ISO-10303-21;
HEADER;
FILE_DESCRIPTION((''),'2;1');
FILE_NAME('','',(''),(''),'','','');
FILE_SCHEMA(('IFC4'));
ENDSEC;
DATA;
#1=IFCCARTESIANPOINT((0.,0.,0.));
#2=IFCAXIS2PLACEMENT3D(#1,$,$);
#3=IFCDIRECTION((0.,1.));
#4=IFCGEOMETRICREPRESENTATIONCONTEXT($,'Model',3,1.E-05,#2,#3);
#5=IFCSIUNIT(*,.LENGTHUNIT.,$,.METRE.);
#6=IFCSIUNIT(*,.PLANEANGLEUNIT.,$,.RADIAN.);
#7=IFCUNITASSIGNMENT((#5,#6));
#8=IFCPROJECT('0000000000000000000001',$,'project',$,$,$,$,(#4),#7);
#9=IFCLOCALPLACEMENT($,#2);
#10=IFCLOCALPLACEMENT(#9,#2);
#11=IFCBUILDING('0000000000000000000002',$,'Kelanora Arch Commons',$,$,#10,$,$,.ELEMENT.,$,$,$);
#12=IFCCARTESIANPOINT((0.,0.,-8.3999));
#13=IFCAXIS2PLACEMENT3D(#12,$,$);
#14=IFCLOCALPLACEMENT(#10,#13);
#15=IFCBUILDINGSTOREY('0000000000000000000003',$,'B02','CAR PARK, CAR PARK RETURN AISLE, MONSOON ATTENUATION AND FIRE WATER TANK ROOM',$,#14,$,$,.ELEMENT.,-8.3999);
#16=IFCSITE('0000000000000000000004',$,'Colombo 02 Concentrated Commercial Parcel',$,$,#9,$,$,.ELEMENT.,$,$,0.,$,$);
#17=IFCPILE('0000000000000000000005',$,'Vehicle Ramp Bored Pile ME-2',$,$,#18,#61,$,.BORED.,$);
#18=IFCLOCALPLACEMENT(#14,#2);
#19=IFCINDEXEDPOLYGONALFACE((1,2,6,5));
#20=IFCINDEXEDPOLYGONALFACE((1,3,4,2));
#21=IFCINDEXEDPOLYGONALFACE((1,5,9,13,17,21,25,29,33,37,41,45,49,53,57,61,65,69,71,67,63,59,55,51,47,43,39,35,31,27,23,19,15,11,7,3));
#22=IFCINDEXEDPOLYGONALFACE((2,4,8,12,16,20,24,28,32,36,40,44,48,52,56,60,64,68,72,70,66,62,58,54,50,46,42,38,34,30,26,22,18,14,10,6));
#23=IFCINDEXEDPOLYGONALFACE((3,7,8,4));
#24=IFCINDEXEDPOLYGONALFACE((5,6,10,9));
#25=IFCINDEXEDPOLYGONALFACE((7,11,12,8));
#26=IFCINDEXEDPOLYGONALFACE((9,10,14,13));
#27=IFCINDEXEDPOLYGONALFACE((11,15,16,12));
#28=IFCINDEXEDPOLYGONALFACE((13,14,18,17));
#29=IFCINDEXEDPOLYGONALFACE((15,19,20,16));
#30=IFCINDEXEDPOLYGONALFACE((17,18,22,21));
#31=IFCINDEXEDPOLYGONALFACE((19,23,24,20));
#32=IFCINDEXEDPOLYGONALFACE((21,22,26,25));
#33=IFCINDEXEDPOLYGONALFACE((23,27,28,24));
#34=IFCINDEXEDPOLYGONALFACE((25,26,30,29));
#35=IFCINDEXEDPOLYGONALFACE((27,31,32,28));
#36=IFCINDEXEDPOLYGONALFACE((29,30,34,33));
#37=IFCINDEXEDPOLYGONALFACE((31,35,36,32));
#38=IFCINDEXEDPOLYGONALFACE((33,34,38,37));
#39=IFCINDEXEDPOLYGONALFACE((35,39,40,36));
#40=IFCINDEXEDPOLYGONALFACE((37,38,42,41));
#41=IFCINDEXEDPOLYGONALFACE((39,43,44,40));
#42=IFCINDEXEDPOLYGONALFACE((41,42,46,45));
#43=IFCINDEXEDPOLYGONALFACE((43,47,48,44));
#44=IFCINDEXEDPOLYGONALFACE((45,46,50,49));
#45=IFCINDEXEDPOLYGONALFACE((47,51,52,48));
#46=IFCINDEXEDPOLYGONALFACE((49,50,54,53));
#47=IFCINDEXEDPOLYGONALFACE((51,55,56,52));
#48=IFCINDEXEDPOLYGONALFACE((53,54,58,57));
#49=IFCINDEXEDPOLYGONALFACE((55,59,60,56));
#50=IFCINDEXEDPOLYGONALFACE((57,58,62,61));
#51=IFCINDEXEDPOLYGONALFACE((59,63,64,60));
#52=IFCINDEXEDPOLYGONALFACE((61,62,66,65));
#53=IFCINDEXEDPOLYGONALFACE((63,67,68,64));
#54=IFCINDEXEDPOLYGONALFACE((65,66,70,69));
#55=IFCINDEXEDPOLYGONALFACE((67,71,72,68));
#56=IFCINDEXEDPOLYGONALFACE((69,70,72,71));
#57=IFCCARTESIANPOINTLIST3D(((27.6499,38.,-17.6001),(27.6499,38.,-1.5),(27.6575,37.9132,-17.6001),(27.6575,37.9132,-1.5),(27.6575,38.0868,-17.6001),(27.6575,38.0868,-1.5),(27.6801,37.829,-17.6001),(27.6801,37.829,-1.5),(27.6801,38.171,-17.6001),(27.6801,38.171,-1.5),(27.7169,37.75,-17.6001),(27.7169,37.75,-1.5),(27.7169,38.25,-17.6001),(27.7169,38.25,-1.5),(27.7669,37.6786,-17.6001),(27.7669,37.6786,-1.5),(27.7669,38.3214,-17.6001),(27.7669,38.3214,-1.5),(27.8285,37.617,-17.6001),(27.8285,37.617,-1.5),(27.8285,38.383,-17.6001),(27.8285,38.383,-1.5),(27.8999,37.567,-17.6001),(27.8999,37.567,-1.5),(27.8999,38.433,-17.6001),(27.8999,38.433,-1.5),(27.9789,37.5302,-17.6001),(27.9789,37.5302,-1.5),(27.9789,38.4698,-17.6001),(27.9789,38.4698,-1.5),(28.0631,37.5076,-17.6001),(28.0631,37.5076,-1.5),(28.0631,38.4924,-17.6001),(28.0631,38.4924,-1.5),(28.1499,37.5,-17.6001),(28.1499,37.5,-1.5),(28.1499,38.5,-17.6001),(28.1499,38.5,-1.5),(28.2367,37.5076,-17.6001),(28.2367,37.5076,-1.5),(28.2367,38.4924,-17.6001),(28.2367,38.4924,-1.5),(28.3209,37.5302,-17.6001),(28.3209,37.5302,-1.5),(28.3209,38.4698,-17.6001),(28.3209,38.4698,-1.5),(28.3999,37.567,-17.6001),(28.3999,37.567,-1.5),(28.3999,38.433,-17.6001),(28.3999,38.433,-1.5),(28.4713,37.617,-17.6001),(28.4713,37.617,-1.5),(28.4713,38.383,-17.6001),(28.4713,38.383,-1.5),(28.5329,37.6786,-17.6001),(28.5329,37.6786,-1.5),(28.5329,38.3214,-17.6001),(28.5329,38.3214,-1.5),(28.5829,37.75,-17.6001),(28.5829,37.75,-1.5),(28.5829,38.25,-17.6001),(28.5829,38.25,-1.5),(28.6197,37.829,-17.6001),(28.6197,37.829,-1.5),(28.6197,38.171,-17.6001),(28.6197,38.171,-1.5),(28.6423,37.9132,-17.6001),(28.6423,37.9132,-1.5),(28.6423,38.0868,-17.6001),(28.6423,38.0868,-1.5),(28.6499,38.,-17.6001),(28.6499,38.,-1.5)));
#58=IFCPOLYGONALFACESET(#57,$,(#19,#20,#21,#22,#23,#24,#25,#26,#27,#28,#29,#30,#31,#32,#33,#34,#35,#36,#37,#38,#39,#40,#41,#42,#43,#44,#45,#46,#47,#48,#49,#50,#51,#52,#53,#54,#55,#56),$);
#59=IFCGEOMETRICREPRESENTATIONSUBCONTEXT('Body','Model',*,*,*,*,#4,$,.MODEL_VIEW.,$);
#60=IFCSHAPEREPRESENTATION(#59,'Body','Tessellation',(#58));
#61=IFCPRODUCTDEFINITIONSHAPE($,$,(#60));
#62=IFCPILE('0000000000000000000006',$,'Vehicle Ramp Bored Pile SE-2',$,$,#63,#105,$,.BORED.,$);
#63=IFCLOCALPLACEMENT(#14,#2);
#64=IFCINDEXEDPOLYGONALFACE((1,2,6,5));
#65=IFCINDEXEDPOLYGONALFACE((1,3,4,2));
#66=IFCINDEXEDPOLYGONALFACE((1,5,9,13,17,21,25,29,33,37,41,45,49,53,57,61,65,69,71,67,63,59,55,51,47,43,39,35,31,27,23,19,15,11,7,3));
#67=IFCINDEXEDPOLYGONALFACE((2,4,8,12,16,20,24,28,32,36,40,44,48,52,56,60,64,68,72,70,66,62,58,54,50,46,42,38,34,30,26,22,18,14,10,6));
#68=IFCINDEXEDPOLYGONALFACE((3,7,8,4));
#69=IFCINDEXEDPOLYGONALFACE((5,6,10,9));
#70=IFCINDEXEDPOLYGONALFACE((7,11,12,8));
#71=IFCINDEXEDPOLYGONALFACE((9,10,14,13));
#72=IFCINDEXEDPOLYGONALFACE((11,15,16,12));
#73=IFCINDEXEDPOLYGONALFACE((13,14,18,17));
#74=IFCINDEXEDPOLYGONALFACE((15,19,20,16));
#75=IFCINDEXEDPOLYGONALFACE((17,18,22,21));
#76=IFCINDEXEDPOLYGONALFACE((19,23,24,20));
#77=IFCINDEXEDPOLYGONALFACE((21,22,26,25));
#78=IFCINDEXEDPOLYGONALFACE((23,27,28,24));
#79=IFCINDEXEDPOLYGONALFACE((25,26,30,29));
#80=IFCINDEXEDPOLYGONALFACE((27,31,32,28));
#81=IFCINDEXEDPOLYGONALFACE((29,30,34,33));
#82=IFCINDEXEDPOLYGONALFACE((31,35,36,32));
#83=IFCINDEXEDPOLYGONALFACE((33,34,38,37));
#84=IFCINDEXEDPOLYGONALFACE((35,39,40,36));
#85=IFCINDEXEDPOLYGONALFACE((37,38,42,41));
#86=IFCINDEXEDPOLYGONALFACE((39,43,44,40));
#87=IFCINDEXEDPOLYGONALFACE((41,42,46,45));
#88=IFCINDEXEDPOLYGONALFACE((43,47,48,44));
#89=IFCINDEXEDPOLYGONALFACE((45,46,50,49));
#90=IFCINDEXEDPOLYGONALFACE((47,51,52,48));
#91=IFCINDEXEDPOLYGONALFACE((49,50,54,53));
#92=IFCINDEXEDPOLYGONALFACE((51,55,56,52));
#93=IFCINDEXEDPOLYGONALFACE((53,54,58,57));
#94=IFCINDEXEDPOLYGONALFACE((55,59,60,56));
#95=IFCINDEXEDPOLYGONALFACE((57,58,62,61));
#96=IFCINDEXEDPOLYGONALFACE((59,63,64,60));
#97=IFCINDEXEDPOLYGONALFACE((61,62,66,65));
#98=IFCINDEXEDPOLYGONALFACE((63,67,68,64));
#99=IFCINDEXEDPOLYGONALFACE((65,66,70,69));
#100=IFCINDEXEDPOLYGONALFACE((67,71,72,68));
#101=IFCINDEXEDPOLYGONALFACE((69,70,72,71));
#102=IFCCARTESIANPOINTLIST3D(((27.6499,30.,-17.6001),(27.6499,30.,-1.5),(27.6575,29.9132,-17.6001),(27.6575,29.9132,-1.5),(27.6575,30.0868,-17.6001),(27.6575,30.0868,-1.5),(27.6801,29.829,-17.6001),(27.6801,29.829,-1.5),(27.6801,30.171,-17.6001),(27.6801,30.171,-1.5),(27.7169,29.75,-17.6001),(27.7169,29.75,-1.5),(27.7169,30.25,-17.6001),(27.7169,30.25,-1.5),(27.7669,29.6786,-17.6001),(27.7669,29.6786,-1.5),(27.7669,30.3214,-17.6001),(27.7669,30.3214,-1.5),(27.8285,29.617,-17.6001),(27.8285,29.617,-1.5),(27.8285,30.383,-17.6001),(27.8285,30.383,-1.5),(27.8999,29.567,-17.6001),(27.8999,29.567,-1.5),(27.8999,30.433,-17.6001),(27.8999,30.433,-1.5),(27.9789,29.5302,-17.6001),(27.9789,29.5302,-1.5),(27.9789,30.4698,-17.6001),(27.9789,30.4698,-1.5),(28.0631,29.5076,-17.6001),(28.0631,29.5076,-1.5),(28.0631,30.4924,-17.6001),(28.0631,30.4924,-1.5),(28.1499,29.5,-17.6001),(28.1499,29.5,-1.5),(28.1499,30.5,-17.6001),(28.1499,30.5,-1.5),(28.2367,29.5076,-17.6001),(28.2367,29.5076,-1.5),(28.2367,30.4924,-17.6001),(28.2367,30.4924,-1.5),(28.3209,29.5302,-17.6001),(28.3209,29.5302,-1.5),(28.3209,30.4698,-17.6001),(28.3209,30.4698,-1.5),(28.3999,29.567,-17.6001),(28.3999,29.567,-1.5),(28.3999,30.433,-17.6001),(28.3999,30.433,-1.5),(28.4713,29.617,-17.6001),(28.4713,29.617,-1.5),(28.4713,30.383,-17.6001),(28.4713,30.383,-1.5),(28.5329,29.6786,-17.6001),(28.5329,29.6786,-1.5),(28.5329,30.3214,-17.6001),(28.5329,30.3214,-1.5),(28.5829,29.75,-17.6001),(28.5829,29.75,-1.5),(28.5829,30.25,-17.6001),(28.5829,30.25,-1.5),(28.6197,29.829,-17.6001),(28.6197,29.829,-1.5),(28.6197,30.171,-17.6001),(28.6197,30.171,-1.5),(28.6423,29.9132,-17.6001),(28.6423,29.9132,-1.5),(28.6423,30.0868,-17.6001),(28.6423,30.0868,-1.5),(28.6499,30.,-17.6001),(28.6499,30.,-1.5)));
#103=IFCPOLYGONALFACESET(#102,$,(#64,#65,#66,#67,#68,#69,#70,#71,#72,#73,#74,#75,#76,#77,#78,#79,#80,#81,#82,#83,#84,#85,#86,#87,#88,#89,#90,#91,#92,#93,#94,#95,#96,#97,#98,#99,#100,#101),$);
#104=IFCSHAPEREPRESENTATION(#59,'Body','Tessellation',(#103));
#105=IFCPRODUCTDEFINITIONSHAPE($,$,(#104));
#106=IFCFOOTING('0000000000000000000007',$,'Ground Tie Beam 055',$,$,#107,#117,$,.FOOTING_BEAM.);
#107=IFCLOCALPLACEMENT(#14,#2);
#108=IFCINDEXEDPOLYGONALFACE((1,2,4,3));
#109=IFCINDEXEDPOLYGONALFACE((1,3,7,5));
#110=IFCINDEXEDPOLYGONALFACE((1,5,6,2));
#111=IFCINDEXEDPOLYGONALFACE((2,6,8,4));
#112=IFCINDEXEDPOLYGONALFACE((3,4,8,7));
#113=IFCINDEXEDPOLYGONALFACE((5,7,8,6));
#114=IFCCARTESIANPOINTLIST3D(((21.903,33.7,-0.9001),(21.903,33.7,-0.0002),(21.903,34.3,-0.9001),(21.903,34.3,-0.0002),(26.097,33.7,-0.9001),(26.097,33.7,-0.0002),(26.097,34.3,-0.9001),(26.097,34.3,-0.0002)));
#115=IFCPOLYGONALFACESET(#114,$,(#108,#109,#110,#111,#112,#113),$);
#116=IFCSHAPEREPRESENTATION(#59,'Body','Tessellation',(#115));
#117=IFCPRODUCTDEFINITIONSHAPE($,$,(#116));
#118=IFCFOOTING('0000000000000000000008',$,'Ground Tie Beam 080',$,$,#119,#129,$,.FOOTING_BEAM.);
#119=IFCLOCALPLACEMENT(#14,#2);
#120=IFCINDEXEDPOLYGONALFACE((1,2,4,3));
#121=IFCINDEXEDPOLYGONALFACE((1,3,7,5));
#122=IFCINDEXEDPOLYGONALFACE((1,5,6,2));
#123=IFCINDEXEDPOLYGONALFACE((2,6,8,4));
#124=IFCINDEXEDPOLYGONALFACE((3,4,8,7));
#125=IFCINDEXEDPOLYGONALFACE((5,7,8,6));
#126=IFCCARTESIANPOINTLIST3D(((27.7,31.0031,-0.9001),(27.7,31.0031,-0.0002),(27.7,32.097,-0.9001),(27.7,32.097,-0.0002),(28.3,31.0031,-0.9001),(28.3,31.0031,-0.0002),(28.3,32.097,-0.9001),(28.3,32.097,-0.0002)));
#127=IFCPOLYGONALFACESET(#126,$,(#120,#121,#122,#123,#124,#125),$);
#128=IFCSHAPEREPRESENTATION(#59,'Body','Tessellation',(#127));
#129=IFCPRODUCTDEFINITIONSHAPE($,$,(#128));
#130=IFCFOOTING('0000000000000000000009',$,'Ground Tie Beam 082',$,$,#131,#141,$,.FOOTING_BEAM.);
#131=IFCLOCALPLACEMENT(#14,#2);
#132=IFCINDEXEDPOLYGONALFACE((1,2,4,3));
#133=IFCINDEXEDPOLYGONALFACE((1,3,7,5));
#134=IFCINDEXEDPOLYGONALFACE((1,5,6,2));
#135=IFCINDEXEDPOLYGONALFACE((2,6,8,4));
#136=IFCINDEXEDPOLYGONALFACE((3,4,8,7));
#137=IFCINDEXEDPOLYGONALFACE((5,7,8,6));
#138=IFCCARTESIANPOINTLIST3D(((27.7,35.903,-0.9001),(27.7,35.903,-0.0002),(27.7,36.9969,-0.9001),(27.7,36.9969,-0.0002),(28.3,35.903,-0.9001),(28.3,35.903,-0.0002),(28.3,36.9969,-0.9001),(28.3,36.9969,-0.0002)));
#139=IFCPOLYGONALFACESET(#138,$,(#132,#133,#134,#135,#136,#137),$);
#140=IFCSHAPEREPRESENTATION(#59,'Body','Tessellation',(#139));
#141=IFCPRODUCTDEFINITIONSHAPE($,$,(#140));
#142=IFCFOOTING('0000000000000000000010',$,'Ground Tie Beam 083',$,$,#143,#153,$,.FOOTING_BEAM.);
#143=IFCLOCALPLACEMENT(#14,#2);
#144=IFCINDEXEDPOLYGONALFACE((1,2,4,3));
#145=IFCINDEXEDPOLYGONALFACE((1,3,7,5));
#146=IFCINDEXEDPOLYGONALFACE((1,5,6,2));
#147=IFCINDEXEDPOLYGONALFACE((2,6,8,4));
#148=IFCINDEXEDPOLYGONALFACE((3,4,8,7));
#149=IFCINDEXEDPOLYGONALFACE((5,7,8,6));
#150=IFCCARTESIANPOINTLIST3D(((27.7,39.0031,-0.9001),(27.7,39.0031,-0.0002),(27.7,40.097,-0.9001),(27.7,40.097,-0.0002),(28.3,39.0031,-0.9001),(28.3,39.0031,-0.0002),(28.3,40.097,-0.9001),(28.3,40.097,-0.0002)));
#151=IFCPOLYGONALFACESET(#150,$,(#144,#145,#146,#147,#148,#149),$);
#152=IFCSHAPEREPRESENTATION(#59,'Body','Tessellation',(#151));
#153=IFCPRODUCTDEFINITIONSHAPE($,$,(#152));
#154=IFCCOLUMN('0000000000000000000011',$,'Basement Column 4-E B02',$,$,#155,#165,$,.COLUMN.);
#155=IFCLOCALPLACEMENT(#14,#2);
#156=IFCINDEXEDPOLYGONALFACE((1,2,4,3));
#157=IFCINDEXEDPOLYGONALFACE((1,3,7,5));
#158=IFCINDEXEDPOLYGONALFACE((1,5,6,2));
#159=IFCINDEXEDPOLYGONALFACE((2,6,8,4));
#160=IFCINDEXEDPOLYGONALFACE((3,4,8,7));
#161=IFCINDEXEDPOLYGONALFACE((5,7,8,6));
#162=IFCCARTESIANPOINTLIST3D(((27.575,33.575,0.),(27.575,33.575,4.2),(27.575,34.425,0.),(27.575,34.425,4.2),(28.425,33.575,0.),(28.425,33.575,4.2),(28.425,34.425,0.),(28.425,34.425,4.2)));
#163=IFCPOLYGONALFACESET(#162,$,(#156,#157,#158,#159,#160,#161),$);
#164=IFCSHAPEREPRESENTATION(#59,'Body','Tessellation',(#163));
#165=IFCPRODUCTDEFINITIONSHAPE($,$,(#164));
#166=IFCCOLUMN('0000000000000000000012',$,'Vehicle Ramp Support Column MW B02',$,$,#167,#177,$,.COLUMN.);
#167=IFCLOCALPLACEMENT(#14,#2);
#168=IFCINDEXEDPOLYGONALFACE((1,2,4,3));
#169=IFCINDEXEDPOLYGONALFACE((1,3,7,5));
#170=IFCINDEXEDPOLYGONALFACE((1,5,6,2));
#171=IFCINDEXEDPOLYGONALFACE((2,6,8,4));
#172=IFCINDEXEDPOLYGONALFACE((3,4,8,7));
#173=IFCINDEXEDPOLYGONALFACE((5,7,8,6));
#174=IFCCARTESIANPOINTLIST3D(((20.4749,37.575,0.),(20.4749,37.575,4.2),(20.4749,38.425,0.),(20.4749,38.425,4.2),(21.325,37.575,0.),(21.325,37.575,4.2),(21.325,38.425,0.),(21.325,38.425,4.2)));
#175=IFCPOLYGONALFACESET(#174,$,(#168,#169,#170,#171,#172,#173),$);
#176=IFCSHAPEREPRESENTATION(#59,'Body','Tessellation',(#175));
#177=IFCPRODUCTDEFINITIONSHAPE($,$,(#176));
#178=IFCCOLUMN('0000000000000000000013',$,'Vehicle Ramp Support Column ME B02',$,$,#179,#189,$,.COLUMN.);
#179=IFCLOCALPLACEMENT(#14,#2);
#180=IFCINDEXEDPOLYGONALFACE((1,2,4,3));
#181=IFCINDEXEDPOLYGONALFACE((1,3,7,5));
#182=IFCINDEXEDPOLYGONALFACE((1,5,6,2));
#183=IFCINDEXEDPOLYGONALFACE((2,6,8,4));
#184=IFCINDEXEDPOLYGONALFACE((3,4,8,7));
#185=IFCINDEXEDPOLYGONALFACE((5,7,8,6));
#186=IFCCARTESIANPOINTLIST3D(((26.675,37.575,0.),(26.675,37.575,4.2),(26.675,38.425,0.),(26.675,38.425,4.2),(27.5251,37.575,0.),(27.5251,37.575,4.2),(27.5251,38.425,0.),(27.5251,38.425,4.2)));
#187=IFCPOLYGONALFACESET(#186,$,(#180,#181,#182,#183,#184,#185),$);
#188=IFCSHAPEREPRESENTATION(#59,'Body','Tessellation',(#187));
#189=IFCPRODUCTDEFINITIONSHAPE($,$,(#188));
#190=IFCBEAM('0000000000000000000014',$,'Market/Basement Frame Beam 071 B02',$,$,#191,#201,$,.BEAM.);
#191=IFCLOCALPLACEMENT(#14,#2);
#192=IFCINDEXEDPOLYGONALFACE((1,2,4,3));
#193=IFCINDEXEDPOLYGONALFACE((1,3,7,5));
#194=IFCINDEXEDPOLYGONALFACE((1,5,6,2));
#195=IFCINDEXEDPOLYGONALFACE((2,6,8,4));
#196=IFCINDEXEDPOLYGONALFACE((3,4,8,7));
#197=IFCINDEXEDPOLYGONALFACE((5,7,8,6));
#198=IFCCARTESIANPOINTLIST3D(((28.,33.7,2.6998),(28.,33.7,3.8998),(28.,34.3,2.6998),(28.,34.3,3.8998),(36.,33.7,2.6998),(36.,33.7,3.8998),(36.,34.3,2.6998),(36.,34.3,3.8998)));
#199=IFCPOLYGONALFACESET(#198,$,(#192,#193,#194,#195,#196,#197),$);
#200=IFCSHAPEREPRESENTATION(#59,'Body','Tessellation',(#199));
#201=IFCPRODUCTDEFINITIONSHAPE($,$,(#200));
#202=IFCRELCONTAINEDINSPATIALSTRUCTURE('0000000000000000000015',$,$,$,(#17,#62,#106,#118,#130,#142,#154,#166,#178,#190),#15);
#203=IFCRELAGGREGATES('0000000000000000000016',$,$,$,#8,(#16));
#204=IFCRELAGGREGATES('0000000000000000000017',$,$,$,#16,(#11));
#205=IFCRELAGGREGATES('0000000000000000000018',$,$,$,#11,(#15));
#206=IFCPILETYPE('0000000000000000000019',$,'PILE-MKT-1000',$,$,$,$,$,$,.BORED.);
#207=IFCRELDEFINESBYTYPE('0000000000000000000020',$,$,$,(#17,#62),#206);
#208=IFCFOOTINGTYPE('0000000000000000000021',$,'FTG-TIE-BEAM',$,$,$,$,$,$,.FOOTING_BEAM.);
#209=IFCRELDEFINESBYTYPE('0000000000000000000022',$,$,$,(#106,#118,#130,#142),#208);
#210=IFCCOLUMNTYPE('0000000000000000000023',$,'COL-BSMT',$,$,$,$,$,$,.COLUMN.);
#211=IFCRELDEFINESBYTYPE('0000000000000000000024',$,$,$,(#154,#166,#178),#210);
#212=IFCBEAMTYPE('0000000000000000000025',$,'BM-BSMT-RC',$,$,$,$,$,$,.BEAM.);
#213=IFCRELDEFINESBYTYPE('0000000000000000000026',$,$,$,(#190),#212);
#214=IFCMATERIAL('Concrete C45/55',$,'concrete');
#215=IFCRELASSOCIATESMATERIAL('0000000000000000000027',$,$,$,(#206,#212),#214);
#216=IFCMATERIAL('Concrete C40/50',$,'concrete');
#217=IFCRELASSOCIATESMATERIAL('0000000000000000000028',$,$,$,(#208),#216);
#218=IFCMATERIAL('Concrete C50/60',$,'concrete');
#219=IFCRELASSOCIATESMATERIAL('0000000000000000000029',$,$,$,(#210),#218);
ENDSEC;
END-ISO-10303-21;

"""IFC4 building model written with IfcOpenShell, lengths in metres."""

from ifc_helpers import new_model, si_unit, direction, frame, origin, origin_2d, place, context, subcontext, project, spatial, rectangle, circle, extrude, source, transform, mapped, material, material_profile, profile_set, type_object, element, save


model = new_model("IFC4")

# Units and contexts
model_context = context("Model", 3, precision=1e-05, world=origin(), true_north=direction((0.0, 1.0)))
body_context = subcontext(model_context, "Body", "Model", "MODEL_VIEW")
ifc_project = project(units=[si_unit("LENGTHUNIT", "METRE"), si_unit("PLANEANGLEUNIT", "RADIAN")], contexts=[model_context])

# Site, building, storey
site_placement = place(None, origin())
site = spatial("IfcSite", under=ifc_project, at=site_placement, Name="Colombo 02 Concentrated Commercial Parcel", CompositionType="ELEMENT", RefElevation=0.0)
building_placement = place(site_placement, origin())
building = spatial("IfcBuilding", under=site, at=building_placement, Name="Kelanora Arch Commons", CompositionType="ELEMENT")
storey_placement = place(building_placement, frame((0.0, 0.0, -8.3999)))
storey = spatial("IfcBuildingStorey", under=building, at=storey_placement, Name="B02", Description="CAR PARK, CAR PARK RETURN AISLE, MONSOON ATTENUATION AND FIRE WATER TANK ROOM", CompositionType="ELEMENT", Elevation=-8.3999)

# Shared definitions
ifc_material_1 = material(Name="Concrete C40/50", Category="concrete")

# Shared definitions
ifc_material_2 = material(Name="Concrete C45/55", Category="concrete")
ifc_material_profile_1 = material_profile(ifc_material_2, circle(Radius=0.5, at=origin_2d()), Name="PILE1000")
ifc_profile_set_1 = profile_set([ifc_material_profile_1], Name="Concrete C45/55")
pile_type = type_object("IfcPileType", Name="PILE-MKT-1000", PredefinedType="BORED", material=ifc_profile_set_1)

# Piles
shared_shape_1 = source(origin(), body_context, "Body", "SweptSolid", [
    extrude(circle(Radius=0.5, at=origin_2d()), origin(), (0.0, 0.0, 1.0), 16.1001),
])
for number, where, z_axis, x_axis, name in (
    (1, (28.1499, 38.0, -1.5), (0.0, 0.0, -1.0), (1.0, 0.0, 0.0), "Vehicle Ramp Bored Pile ME-2"),
    (2, (28.1499, 30.0, -1.5), (0.0, 0.0, -1.0), (1.0, 0.0, 0.0), "Vehicle Ramp Bored Pile SE-2"),
):
    element("IfcPile", number, at=place(storey_placement, frame(where, z_axis=z_axis, x_axis=x_axis)), inside=storey, type_object=pile_type, Name=name, PredefinedType="BORED", context=body_context, shape_type="MappedRepresentation", body=[
        mapped(shared_shape_1, transform((0.0, 0.0, 0.0), scale=1.0)),
    ])

# Footings
footing_type_1 = type_object("IfcFootingType", Name="FTG-TIE-BEAM", PredefinedType="FOOTING_BEAM", material=ifc_material_1)
shared_shape_2 = source(origin(), body_context, "Body", "SweptSolid", [
    extrude(rectangle(XDim=4.1941, YDim=0.6001, at=origin_2d()), origin(), (0.0, 0.0, 1.0), 0.8999),
])
footing_1_placement = place(storey_placement, frame((24.0, 34.0, -0.9001), z_axis=(0.0, 0.0, 1.0), x_axis=(1.0, 0.0, 0.0)))
element("IfcFooting", 3, at=footing_1_placement, inside=storey, type_object=footing_type_1, Name="Ground Tie Beam 055", PredefinedType="FOOTING_BEAM", context=body_context, shape_type="MappedRepresentation", body=[
    mapped(shared_shape_2, transform((0.0, 0.0, 0.0), scale=1.0)),
])
shared_shape_3 = source(origin(), body_context, "Body", "SweptSolid", [
    extrude(rectangle(XDim=1.094, YDim=0.6001, at=origin_2d()), origin(), (0.0, 0.0, 1.0), 0.8999),
])
for number, where, z_axis, x_axis, name in (
    (4, (28.0, 31.55, -0.9001), (0.0, 0.0, 1.0), (0.0, 1.0, 0.0), "Ground Tie Beam 080"),
    (5, (28.0, 36.45, -0.9001), (0.0, 0.0, 1.0), (0.0, 1.0, 0.0), "Ground Tie Beam 082"),
    (6, (28.0, 39.55, -0.9001), (0.0, 0.0, 1.0), (0.0, 1.0, 0.0), "Ground Tie Beam 083"),
):
    element("IfcFooting", number, at=place(storey_placement, frame(where, z_axis=z_axis, x_axis=x_axis)), inside=storey, type_object=footing_type_1, Name=name, PredefinedType="FOOTING_BEAM", context=body_context, shape_type="MappedRepresentation", body=[
        mapped(shared_shape_3, transform((0.0, 0.0, 0.0), scale=1.0)),
    ])

# Columns
ifc_material_3 = material(Name="Concrete C50/60", Category="concrete")
ifc_material_profile_2 = material_profile(ifc_material_3, rectangle(XDim=0.8501, YDim=0.8501, at=origin_2d()), Name="RC850x850")
ifc_profile_set_2 = profile_set([ifc_material_profile_2], Name="Concrete C50/60")
column_type = type_object("IfcColumnType", Name="COL-BSMT", PredefinedType="COLUMN", material=ifc_profile_set_2)
for number, where, z_axis, x_axis, name in (
    (7, (28.0, 34.0, 0.0), (0.0, 0.0, 1.0), (1.0, 0.0, 0.0), "Basement Column 4-E B02"),
    (8, (20.8999, 38.0, 0.0), (0.0, 0.0, 1.0), (1.0, 0.0, 0.0), "Vehicle Ramp Support Column MW B02"),
    (9, (27.1001, 38.0, 0.0), (0.0, 0.0, 1.0), (1.0, 0.0, 0.0), "Vehicle Ramp Support Column ME B02"),
):
    element("IfcColumn", number, at=place(storey_placement, frame(where, z_axis=z_axis, x_axis=x_axis)), inside=storey, type_object=column_type, Name=name, PredefinedType="COLUMN", context=body_context, shape_type="SweptSolid", body=[
        extrude(rectangle(XDim=0.8501, YDim=0.8501, at=origin_2d()), origin(), (0.0, 0.0, 1.0), 4.2),
    ])

# Beam
ifc_material_profile_3 = material_profile(ifc_material_2, rectangle(XDim=0.6001, YDim=1.2, at=origin_2d()), Name="RCB600x1200")
ifc_profile_set_3 = profile_set([ifc_material_profile_3], Name="Concrete C45/55")
beam_type_1 = type_object("IfcBeamType", Name="BM-BSMT-RC", PredefinedType="BEAM", material=ifc_profile_set_3)
for number, where, z_axis, x_axis, name in (
    (10, (28.0, 34.0, 3.2998), (1.0, 0.0, 0.0), (0.0, 1.0, 0.0), "Market/Basement Frame Beam 071 B02"),
):
    element("IfcBeam", number, at=place(storey_placement, frame(where, z_axis=z_axis, x_axis=x_axis)), inside=storey, type_object=beam_type_1, Name=name, PredefinedType="BEAM", context=body_context, shape_type="SweptSolid", body=[
        extrude(rectangle(XDim=0.6001, YDim=1.2, at=origin_2d()), origin(), (0.0, 0.0, 1.0), 8.0),
    ])

save(model, "model.ifc")
